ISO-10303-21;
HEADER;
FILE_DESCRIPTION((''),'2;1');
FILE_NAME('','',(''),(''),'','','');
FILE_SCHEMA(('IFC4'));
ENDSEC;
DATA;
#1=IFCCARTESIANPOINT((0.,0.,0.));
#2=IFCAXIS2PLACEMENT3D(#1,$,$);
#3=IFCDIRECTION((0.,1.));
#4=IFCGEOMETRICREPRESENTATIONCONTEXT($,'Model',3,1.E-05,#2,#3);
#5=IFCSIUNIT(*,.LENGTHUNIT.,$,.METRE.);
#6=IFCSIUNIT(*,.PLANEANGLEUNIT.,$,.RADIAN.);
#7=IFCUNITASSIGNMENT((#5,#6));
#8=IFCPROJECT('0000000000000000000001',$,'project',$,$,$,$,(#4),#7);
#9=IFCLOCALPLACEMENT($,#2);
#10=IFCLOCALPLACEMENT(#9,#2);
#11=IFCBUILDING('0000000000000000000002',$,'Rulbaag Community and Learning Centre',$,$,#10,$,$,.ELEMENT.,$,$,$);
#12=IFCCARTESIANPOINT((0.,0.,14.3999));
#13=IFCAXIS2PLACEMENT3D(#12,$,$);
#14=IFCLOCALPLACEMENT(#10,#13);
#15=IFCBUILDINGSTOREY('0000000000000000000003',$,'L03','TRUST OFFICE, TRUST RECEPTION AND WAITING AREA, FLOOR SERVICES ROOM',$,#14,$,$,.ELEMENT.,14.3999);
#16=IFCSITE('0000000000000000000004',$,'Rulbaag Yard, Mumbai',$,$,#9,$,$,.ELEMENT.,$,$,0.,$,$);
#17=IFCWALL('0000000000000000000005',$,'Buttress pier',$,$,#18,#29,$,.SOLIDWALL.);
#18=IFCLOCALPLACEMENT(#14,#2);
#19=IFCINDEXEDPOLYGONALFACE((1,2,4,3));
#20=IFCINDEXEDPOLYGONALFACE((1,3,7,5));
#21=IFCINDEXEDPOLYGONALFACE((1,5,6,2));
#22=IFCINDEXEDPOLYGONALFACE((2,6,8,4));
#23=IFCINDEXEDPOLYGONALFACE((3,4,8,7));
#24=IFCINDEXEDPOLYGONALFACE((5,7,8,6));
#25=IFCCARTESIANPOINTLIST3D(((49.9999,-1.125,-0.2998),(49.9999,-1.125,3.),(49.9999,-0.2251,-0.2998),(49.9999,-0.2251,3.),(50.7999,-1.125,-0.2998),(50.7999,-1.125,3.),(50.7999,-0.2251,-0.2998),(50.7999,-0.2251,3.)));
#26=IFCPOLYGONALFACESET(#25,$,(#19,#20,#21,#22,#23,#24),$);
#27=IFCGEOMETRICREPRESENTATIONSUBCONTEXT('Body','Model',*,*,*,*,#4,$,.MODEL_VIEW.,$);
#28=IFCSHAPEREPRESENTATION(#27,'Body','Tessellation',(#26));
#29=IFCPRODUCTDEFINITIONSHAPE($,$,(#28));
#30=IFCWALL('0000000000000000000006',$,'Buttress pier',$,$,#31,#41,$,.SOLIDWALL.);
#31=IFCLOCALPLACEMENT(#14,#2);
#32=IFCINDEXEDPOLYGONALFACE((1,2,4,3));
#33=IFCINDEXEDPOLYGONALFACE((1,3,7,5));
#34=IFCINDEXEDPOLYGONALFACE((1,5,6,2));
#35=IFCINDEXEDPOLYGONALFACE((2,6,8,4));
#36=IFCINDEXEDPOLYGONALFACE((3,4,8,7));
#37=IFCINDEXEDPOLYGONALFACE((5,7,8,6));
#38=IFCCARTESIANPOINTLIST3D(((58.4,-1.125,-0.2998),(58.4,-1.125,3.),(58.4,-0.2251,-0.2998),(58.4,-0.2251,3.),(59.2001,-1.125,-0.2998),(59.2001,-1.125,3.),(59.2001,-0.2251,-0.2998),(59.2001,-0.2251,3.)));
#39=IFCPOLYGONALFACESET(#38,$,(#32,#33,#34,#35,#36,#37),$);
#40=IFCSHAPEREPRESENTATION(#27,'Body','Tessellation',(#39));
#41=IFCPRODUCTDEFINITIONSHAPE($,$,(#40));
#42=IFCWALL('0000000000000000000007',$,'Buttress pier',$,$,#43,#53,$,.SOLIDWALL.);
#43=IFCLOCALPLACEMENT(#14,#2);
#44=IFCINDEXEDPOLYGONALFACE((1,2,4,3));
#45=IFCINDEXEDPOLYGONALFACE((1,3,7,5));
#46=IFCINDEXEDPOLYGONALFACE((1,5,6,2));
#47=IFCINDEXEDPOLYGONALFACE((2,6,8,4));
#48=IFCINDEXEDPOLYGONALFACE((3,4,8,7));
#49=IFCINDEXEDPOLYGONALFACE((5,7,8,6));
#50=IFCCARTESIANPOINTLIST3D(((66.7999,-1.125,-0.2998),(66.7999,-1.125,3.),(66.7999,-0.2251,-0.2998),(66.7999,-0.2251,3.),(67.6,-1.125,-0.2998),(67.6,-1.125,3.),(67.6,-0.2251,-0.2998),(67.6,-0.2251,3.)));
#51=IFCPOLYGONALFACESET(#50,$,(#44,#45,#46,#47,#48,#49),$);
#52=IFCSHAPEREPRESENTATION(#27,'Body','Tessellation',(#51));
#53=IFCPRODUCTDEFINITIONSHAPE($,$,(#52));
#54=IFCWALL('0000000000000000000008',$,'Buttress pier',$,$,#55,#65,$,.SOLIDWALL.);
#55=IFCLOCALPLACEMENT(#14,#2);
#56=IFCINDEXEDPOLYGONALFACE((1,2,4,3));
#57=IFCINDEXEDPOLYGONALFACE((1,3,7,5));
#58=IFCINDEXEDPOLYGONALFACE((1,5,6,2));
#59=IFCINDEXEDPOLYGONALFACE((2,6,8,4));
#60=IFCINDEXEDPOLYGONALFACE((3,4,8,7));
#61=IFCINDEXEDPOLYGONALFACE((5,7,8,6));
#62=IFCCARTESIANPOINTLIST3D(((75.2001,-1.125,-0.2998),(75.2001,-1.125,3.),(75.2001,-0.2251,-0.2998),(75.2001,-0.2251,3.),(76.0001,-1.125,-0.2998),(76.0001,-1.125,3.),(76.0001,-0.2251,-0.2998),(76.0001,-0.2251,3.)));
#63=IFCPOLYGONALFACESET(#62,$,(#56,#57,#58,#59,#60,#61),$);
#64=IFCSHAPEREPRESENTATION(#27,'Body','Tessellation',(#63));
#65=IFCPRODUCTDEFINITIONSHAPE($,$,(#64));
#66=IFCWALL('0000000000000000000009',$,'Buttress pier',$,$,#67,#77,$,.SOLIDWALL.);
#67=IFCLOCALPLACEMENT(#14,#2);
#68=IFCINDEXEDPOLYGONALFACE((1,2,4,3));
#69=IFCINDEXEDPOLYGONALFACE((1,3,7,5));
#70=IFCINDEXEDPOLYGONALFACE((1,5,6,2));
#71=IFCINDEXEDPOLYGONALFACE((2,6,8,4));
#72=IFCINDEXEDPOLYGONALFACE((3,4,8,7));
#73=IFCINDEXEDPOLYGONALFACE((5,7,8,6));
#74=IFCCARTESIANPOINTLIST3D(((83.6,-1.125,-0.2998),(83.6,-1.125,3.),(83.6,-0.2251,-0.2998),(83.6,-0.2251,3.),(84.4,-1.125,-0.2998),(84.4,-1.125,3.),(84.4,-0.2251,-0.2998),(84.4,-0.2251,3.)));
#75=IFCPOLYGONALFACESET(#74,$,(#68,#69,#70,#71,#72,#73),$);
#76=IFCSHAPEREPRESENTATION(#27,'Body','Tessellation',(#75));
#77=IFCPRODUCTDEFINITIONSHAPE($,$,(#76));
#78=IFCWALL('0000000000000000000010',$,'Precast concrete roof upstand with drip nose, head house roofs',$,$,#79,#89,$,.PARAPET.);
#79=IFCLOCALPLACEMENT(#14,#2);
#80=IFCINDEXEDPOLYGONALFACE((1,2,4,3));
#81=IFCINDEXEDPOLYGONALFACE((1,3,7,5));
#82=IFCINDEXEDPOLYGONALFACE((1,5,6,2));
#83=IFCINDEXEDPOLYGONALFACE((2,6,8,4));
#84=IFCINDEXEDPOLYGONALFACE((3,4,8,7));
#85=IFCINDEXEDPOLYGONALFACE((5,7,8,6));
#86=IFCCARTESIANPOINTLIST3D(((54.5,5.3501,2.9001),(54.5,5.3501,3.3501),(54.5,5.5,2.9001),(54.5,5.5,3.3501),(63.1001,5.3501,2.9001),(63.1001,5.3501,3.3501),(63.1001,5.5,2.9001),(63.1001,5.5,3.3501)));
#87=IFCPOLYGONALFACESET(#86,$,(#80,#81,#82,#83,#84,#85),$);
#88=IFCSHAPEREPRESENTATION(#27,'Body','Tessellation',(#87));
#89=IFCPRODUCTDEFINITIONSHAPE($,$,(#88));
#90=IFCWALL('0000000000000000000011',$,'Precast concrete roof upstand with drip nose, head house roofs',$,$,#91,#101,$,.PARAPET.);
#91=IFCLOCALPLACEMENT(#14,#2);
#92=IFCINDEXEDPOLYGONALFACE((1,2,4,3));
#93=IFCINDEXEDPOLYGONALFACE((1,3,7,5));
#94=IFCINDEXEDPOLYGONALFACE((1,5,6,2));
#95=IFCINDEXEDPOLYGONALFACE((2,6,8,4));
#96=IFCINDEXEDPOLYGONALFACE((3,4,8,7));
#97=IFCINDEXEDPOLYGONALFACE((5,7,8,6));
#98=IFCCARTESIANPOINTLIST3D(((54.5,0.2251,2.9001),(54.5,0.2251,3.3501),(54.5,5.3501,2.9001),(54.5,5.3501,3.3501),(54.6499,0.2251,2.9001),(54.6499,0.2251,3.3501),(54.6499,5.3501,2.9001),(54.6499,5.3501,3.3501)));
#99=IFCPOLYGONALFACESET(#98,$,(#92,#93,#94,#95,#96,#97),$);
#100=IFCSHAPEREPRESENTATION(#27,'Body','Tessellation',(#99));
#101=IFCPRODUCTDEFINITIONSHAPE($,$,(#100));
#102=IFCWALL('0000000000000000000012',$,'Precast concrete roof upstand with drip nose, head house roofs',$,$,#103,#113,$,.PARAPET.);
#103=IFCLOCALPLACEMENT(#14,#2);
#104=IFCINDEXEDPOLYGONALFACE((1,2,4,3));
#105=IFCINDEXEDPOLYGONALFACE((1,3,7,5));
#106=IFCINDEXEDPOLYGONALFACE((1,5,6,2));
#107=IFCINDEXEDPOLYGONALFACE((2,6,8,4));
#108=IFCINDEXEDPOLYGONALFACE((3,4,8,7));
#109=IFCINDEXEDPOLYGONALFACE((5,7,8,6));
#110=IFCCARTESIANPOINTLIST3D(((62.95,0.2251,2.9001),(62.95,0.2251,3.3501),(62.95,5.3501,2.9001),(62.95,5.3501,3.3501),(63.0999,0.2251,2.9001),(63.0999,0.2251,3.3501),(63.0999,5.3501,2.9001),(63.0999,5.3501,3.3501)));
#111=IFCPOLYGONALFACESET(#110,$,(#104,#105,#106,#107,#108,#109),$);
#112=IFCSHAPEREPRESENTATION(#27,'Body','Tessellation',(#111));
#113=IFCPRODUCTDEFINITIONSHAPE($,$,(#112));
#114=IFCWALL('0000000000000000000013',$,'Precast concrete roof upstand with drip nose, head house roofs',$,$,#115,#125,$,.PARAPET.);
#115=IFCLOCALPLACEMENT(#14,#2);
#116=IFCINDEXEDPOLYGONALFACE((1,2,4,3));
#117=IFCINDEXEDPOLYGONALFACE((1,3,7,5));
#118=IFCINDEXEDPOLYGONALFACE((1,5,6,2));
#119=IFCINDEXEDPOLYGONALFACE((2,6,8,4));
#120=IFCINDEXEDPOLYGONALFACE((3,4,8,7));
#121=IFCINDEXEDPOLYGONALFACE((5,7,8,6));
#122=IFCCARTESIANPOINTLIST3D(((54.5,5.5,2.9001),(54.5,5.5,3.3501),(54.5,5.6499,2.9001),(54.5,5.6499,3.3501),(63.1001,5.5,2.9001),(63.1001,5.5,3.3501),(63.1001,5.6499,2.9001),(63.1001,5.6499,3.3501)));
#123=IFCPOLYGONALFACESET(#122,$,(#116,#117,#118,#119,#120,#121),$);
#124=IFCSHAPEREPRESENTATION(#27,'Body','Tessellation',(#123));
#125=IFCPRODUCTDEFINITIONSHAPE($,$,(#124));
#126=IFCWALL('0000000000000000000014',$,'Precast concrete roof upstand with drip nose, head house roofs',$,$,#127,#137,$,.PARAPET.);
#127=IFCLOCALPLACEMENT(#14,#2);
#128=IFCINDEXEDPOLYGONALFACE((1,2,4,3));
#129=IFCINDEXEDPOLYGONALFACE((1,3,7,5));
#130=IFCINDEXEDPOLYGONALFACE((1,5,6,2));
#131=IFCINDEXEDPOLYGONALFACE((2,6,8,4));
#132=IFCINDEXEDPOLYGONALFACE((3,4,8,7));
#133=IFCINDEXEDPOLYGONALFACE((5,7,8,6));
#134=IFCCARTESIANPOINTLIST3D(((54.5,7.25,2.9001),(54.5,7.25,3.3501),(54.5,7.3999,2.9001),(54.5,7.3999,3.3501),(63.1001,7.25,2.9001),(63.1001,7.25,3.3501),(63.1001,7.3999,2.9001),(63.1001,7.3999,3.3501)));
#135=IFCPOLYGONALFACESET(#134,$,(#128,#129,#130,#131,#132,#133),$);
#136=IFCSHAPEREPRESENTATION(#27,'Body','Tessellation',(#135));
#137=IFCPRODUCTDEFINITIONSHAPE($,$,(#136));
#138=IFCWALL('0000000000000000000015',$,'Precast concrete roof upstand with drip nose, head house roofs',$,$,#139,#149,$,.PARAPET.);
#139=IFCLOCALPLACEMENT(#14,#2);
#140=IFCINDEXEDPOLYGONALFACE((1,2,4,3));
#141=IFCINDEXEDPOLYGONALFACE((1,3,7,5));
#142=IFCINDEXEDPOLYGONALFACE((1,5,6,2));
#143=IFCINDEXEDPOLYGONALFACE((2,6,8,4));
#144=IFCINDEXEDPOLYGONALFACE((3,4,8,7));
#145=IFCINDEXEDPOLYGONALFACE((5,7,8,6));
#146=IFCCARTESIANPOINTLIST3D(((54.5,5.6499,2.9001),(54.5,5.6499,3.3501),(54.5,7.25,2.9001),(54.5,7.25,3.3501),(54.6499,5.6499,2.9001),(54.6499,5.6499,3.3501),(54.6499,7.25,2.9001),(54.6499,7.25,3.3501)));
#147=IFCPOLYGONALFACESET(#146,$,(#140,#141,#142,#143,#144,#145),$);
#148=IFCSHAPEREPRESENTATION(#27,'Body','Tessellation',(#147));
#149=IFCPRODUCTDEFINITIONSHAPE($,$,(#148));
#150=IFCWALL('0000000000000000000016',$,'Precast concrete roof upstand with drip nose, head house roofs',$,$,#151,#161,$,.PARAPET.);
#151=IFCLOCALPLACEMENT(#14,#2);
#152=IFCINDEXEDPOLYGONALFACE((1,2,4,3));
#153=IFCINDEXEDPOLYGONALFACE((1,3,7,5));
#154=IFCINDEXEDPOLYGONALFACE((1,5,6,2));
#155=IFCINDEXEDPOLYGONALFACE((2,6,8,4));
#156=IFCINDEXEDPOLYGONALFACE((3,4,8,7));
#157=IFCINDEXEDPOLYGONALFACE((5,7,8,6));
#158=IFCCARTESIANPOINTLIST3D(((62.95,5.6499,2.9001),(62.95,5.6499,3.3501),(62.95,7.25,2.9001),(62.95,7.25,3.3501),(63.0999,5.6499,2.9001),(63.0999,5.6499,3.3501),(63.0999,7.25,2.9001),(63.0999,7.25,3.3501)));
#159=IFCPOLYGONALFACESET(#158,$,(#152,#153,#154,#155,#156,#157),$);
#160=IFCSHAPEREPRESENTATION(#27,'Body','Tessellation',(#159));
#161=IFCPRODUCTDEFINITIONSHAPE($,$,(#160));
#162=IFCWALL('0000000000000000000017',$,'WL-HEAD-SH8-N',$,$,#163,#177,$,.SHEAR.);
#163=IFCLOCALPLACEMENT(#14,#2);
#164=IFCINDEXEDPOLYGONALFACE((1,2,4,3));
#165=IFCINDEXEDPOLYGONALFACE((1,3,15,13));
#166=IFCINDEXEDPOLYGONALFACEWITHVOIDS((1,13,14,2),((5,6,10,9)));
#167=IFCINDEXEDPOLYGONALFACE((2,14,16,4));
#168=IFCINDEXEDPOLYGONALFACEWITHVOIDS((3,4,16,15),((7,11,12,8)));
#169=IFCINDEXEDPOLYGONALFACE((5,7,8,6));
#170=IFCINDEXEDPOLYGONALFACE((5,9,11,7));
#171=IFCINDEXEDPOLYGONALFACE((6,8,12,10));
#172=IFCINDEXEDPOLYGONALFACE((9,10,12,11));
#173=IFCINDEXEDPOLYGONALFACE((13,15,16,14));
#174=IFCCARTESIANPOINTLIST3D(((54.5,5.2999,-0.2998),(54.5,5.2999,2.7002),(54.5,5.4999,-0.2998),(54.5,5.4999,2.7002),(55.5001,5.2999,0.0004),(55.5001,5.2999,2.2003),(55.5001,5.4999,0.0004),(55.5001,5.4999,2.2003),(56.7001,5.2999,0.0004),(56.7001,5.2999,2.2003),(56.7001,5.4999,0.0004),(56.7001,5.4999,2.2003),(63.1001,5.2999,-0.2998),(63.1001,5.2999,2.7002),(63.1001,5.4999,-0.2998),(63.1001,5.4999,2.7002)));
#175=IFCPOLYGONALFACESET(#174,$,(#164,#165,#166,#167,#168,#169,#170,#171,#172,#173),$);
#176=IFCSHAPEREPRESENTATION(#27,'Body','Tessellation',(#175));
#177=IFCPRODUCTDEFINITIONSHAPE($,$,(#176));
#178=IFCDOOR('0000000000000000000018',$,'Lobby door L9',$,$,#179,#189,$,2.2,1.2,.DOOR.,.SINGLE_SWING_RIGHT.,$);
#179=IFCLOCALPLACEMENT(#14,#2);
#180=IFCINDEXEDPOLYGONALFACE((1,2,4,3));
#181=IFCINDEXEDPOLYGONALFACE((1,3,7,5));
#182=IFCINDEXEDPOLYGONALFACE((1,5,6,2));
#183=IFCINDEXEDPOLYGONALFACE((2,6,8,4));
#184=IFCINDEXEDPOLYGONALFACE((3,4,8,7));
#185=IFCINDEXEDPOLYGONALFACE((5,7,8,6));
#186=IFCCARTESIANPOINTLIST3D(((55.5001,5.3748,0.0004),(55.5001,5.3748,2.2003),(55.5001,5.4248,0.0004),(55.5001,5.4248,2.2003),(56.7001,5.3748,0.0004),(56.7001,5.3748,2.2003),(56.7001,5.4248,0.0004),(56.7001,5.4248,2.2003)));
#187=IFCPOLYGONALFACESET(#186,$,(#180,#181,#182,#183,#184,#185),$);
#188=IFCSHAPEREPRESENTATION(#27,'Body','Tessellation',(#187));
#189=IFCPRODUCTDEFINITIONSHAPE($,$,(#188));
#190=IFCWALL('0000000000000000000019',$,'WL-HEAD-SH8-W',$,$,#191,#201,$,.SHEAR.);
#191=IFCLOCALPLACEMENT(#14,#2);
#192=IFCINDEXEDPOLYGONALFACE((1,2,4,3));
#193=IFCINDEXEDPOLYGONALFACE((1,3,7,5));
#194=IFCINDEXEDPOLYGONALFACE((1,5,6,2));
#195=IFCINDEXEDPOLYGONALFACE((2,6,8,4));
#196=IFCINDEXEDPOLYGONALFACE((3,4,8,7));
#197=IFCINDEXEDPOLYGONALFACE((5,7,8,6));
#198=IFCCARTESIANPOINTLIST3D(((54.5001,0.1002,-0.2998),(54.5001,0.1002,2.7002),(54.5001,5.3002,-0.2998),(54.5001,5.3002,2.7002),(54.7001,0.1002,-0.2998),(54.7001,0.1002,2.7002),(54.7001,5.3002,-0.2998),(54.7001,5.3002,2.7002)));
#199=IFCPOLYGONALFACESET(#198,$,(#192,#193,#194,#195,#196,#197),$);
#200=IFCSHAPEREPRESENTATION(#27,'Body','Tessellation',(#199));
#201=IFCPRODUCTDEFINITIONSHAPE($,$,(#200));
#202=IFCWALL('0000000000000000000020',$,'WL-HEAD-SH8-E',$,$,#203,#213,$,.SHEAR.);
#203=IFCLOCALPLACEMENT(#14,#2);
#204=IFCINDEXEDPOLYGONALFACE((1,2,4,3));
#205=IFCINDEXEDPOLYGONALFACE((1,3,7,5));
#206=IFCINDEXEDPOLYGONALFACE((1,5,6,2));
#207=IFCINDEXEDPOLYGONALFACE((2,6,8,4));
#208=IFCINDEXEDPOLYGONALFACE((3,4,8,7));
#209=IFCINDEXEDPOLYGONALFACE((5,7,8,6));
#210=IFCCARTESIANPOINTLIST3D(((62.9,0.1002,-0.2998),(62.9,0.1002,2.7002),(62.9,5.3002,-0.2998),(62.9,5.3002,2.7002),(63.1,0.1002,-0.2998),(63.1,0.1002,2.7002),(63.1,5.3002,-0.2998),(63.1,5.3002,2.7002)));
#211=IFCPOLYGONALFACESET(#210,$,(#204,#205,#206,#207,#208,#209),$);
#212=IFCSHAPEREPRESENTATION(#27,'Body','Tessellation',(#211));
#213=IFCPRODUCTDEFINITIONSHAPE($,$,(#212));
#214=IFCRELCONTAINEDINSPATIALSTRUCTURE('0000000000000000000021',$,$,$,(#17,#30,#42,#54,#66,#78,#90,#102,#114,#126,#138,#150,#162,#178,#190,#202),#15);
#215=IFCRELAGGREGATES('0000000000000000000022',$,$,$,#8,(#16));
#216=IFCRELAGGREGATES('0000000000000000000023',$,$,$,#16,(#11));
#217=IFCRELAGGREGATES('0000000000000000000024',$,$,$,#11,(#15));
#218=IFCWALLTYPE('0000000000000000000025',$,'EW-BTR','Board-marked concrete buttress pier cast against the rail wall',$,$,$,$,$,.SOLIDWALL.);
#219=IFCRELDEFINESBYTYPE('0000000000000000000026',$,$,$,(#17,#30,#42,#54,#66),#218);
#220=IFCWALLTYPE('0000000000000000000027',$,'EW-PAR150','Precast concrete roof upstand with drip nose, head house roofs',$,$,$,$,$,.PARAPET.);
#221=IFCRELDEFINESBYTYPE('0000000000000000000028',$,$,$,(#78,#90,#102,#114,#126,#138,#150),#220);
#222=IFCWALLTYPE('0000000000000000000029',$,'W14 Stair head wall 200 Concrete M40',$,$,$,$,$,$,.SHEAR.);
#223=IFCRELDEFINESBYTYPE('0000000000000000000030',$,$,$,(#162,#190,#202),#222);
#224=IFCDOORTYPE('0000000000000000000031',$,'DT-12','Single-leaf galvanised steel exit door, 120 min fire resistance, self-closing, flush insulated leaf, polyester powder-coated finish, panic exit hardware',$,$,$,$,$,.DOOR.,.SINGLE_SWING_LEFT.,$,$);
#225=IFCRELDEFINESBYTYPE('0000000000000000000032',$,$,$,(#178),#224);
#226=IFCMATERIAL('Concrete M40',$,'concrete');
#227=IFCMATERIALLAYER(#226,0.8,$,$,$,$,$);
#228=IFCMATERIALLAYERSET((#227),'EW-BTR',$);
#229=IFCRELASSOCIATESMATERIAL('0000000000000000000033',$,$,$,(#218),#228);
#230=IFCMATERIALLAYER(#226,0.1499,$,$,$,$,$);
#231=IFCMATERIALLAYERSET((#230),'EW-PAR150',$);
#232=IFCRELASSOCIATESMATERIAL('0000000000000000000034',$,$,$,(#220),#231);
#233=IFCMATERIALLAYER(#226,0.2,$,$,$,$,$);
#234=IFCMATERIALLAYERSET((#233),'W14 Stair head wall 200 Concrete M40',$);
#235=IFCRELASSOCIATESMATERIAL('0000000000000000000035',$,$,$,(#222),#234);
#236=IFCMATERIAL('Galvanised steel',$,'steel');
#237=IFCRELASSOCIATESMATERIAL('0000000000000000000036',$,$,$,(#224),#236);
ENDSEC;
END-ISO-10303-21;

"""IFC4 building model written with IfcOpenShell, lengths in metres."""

from ifc_helpers import new_model, si_unit, direction, frame, frame_2d, origin, place, context, subcontext, project, spatial, rectangle, extrude, material, layer, layer_set, type_object, element, fill, save


model = new_model("IFC4")

# Units and contexts
model_context = context("Model", 3, precision=1e-05, world=origin(), true_north=direction((0.0, 1.0)))
body_context = subcontext(model_context, "Body", "Model", "MODEL_VIEW")
ifc_project = project(units=[si_unit("LENGTHUNIT", "METRE"), si_unit("PLANEANGLEUNIT", "RADIAN")], contexts=[model_context])

# Site, building, storey
site_placement = place(None, origin())
site = spatial("IfcSite", under=ifc_project, at=site_placement, Name="Rulbaag Yard, Mumbai", CompositionType="ELEMENT", RefElevation=0.0)
building_placement = place(site_placement, origin())
building = spatial("IfcBuilding", under=site, at=building_placement, Name="Rulbaag Community and Learning Centre", CompositionType="ELEMENT")
storey_placement = place(building_placement, frame((0.0, 0.0, 14.3999)))
storey = spatial("IfcBuildingStorey", under=building, at=storey_placement, Name="L03", Description="TRUST OFFICE, TRUST RECEPTION AND WAITING AREA, FLOOR SERVICES ROOM", CompositionType="ELEMENT", Elevation=14.3999)

# Shared definitions
ifc_material_1 = material(Name="Concrete M40", Category="concrete")

# Walls
ifc_layer_1 = layer(ifc_material_1, 0.8)
ifc_layer_set_1 = layer_set([ifc_layer_1], Name="EW-BTR")
wall_type_1 = type_object("IfcWallType", Name="EW-BTR", Description="Board-marked concrete buttress pier cast against the rail wall", PredefinedType="SOLIDWALL", material=ifc_layer_set_1)
for number, where, z_axis, x_axis, name in (
    (1, (50.3999, -0.2251, -0.2998), (0.0, 0.0, 1.0), (0.0, -1.0, 0.0), "Buttress pier"),
    (2, (58.8, -0.2251, -0.2998), (0.0, 0.0, 1.0), (0.0, -1.0, 0.0), "Buttress pier"),
    (3, (67.2, -0.2251, -0.2998), (0.0, 0.0, 1.0), (0.0, -1.0, 0.0), "Buttress pier"),
    (4, (75.6001, -0.2251, -0.2998), (0.0, 0.0, 1.0), (0.0, -1.0, 0.0), "Buttress pier"),
    (5, (84.0, -0.2251, -0.2998), (0.0, 0.0, 1.0), (0.0, -1.0, 0.0), "Buttress pier"),
):
    element("IfcWall", number, at=place(storey_placement, frame(where, z_axis=z_axis, x_axis=x_axis)), inside=storey, type_object=wall_type_1, Name=name, PredefinedType="SOLIDWALL", context=body_context, shape_type="SweptSolid", body=[
        extrude(rectangle(XDim=0.8999, YDim=0.8, at=frame_2d((0.45, 0.0))), origin(), (0.0, 0.0, 1.0), 3.2998),
    ])
ifc_layer_2 = layer(ifc_material_1, 0.1499)
ifc_layer_set_2 = layer_set([ifc_layer_2], Name="EW-PAR150")
wall_type_2 = type_object("IfcWallType", Name="EW-PAR150", Description="Precast concrete roof upstand with drip nose, head house roofs", PredefinedType="PARAPET", material=ifc_layer_set_2)
wall_1_placement = place(storey_placement, frame((54.5, 5.425, 2.9001), z_axis=(0.0, 0.0, 1.0), x_axis=(1.0, 0.0, 0.0)))
element("IfcWall", 6, at=wall_1_placement, inside=storey, type_object=wall_type_2, Name="Precast concrete roof upstand with drip nose, head house roofs", PredefinedType="PARAPET", context=body_context, shape_type="SweptSolid", body=[
    extrude(rectangle(XDim=8.6001, YDim=0.1499, at=frame_2d((4.3, 0.0))), origin(), (0.0, 0.0, 1.0), 0.45),
])
for number, where, z_axis, x_axis, name in (
    (7, (54.575, 0.2251, 2.9001), (0.0, 0.0, 1.0), (0.0, 1.0, 0.0), "Precast concrete roof upstand with drip nose, head house roofs"),
    (8, (63.0249, 0.2251, 2.9001), (0.0, 0.0, 1.0), (0.0, 1.0, 0.0), "Precast concrete roof upstand with drip nose, head house roofs"),
):
    element("IfcWall", number, at=place(storey_placement, frame(where, z_axis=z_axis, x_axis=x_axis)), inside=storey, type_object=wall_type_2, Name=name, PredefinedType="PARAPET", context=body_context, shape_type="SweptSolid", body=[
        extrude(rectangle(XDim=5.125, YDim=0.1499, at=frame_2d((2.5625, 0.0))), origin(), (0.0, 0.0, 1.0), 0.45),
    ])
for number, where, z_axis, x_axis, name in (
    (9, (54.5, 5.575, 2.9001), (0.0, 0.0, 1.0), (1.0, 0.0, 0.0), "Precast concrete roof upstand with drip nose, head house roofs"),
    (10, (54.5, 7.325, 2.9001), (0.0, 0.0, 1.0), (1.0, 0.0, 0.0), "Precast concrete roof upstand with drip nose, head house roofs"),
):
    element("IfcWall", number, at=place(storey_placement, frame(where, z_axis=z_axis, x_axis=x_axis)), inside=storey, type_object=wall_type_2, Name=name, PredefinedType="PARAPET", context=body_context, shape_type="SweptSolid", body=[
        extrude(rectangle(XDim=8.6001, YDim=0.1499, at=frame_2d((4.3, 0.0))), origin(), (0.0, 0.0, 1.0), 0.45),
    ])
for number, where, z_axis, x_axis, name in (
    (11, (54.575, 5.6499, 2.9001), (0.0, 0.0, 1.0), (0.0, 1.0, 0.0), "Precast concrete roof upstand with drip nose, head house roofs"),
    (12, (63.0249, 5.6499, 2.9001), (0.0, 0.0, 1.0), (0.0, 1.0, 0.0), "Precast concrete roof upstand with drip nose, head house roofs"),
):
    element("IfcWall", number, at=place(storey_placement, frame(where, z_axis=z_axis, x_axis=x_axis)), inside=storey, type_object=wall_type_2, Name=name, PredefinedType="PARAPET", context=body_context, shape_type="SweptSolid", body=[
        extrude(rectangle(XDim=1.6001, YDim=0.1499, at=frame_2d((0.8, 0.0))), origin(), (0.0, 0.0, 1.0), 0.45),
    ])

# Wall, opening, door
ifc_layer_3 = layer(ifc_material_1, 0.2)
ifc_layer_set_3 = layer_set([ifc_layer_3], Name="W14 Stair head wall 200 Concrete M40")
wall_type_3 = type_object("IfcWallType", Name="W14 Stair head wall 200 Concrete M40", PredefinedType="SHEAR", material=ifc_layer_set_3)
wall_2_placement = place(storey_placement, frame((54.5, 5.3999, -0.2998), z_axis=(0.0, 0.0, 1.0), x_axis=(1.0, 0.0, 0.0)))
wall_2 = element("IfcWall", 13, at=wall_2_placement, inside=storey, type_object=wall_type_3, Name="WL-HEAD-SH8-N", PredefinedType="SHEAR", context=body_context, shape_type="SweptSolid", body=[
    extrude(rectangle(XDim=8.6001, YDim=0.2, at=frame_2d((4.3, 0.0))), origin(), (0.0, 0.0, 1.0), 3.0),
])
opening_1_placement = place(wall_2_placement, frame((1.0, 0.0, 0.3)))
opening_1 = element("IfcOpeningElement", 14, at=opening_1_placement, cuts=wall_2, PredefinedType="OPENING", context=body_context, shape_type="SweptSolid", body=[
    extrude(rectangle(XDim=1.2, YDim=2.2, at=frame_2d((0.6001, 1.1001))), frame((0.0, 0.1099, 0.0), z_axis=(0.0, -1.0, 0.0), x_axis=(1.0, 0.0, 0.0)), (0.0, 0.0, 1.0), 0.22),
])
ifc_material_2 = material(Name="Galvanised steel", Category="steel")
door_type_1 = type_object("IfcDoorType", Name="DT-12", Description="Single-leaf galvanised steel exit door, 120 min fire resistance, self-closing, flush insulated leaf, polyester powder-coated finish, panic exit hardware", OperationType="SINGLE_SWING_LEFT", PredefinedType="DOOR", material=ifc_material_2)
door_1_placement = place(opening_1_placement, origin())
door_1 = element("IfcDoor", 15, at=door_1_placement, inside=storey, type_object=door_type_1, Name="Lobby door L9", OperationType="SINGLE_SWING_RIGHT", OverallHeight=2.2, OverallWidth=1.2, PredefinedType="DOOR", context=body_context, shape_type="SweptSolid", body=[
    extrude(rectangle(XDim=1.2, YDim=2.2, at=frame_2d((0.6001, 1.1001))), frame((0.0, 0.0249, 0.0), z_axis=(0.0, -1.0, 0.0), x_axis=(1.0, 0.0, 0.0)), (0.0, 0.0, 1.0), 0.05),
])
fill(opening_1, door_1)

# Walls
for number, where, z_axis, x_axis, name in (
    (16, (54.6001, 0.1001, -0.2998), (0.0, 0.0, 1.0), (0.0, 1.0, 0.0), "WL-HEAD-SH8-W"),
    (17, (63.0, 0.1001, -0.2998), (0.0, 0.0, 1.0), (0.0, 1.0, 0.0), "WL-HEAD-SH8-E"),
):
    element("IfcWall", number, at=place(storey_placement, frame(where, z_axis=z_axis, x_axis=x_axis)), inside=storey, type_object=wall_type_3, Name=name, PredefinedType="SHEAR", context=body_context, shape_type="SweptSolid", body=[
        extrude(rectangle(XDim=5.2, YDim=0.2, at=frame_2d((2.6001, 0.0))), origin(), (0.0, 0.0, 1.0), 3.0),
    ])

save(model, "model.ifc")
